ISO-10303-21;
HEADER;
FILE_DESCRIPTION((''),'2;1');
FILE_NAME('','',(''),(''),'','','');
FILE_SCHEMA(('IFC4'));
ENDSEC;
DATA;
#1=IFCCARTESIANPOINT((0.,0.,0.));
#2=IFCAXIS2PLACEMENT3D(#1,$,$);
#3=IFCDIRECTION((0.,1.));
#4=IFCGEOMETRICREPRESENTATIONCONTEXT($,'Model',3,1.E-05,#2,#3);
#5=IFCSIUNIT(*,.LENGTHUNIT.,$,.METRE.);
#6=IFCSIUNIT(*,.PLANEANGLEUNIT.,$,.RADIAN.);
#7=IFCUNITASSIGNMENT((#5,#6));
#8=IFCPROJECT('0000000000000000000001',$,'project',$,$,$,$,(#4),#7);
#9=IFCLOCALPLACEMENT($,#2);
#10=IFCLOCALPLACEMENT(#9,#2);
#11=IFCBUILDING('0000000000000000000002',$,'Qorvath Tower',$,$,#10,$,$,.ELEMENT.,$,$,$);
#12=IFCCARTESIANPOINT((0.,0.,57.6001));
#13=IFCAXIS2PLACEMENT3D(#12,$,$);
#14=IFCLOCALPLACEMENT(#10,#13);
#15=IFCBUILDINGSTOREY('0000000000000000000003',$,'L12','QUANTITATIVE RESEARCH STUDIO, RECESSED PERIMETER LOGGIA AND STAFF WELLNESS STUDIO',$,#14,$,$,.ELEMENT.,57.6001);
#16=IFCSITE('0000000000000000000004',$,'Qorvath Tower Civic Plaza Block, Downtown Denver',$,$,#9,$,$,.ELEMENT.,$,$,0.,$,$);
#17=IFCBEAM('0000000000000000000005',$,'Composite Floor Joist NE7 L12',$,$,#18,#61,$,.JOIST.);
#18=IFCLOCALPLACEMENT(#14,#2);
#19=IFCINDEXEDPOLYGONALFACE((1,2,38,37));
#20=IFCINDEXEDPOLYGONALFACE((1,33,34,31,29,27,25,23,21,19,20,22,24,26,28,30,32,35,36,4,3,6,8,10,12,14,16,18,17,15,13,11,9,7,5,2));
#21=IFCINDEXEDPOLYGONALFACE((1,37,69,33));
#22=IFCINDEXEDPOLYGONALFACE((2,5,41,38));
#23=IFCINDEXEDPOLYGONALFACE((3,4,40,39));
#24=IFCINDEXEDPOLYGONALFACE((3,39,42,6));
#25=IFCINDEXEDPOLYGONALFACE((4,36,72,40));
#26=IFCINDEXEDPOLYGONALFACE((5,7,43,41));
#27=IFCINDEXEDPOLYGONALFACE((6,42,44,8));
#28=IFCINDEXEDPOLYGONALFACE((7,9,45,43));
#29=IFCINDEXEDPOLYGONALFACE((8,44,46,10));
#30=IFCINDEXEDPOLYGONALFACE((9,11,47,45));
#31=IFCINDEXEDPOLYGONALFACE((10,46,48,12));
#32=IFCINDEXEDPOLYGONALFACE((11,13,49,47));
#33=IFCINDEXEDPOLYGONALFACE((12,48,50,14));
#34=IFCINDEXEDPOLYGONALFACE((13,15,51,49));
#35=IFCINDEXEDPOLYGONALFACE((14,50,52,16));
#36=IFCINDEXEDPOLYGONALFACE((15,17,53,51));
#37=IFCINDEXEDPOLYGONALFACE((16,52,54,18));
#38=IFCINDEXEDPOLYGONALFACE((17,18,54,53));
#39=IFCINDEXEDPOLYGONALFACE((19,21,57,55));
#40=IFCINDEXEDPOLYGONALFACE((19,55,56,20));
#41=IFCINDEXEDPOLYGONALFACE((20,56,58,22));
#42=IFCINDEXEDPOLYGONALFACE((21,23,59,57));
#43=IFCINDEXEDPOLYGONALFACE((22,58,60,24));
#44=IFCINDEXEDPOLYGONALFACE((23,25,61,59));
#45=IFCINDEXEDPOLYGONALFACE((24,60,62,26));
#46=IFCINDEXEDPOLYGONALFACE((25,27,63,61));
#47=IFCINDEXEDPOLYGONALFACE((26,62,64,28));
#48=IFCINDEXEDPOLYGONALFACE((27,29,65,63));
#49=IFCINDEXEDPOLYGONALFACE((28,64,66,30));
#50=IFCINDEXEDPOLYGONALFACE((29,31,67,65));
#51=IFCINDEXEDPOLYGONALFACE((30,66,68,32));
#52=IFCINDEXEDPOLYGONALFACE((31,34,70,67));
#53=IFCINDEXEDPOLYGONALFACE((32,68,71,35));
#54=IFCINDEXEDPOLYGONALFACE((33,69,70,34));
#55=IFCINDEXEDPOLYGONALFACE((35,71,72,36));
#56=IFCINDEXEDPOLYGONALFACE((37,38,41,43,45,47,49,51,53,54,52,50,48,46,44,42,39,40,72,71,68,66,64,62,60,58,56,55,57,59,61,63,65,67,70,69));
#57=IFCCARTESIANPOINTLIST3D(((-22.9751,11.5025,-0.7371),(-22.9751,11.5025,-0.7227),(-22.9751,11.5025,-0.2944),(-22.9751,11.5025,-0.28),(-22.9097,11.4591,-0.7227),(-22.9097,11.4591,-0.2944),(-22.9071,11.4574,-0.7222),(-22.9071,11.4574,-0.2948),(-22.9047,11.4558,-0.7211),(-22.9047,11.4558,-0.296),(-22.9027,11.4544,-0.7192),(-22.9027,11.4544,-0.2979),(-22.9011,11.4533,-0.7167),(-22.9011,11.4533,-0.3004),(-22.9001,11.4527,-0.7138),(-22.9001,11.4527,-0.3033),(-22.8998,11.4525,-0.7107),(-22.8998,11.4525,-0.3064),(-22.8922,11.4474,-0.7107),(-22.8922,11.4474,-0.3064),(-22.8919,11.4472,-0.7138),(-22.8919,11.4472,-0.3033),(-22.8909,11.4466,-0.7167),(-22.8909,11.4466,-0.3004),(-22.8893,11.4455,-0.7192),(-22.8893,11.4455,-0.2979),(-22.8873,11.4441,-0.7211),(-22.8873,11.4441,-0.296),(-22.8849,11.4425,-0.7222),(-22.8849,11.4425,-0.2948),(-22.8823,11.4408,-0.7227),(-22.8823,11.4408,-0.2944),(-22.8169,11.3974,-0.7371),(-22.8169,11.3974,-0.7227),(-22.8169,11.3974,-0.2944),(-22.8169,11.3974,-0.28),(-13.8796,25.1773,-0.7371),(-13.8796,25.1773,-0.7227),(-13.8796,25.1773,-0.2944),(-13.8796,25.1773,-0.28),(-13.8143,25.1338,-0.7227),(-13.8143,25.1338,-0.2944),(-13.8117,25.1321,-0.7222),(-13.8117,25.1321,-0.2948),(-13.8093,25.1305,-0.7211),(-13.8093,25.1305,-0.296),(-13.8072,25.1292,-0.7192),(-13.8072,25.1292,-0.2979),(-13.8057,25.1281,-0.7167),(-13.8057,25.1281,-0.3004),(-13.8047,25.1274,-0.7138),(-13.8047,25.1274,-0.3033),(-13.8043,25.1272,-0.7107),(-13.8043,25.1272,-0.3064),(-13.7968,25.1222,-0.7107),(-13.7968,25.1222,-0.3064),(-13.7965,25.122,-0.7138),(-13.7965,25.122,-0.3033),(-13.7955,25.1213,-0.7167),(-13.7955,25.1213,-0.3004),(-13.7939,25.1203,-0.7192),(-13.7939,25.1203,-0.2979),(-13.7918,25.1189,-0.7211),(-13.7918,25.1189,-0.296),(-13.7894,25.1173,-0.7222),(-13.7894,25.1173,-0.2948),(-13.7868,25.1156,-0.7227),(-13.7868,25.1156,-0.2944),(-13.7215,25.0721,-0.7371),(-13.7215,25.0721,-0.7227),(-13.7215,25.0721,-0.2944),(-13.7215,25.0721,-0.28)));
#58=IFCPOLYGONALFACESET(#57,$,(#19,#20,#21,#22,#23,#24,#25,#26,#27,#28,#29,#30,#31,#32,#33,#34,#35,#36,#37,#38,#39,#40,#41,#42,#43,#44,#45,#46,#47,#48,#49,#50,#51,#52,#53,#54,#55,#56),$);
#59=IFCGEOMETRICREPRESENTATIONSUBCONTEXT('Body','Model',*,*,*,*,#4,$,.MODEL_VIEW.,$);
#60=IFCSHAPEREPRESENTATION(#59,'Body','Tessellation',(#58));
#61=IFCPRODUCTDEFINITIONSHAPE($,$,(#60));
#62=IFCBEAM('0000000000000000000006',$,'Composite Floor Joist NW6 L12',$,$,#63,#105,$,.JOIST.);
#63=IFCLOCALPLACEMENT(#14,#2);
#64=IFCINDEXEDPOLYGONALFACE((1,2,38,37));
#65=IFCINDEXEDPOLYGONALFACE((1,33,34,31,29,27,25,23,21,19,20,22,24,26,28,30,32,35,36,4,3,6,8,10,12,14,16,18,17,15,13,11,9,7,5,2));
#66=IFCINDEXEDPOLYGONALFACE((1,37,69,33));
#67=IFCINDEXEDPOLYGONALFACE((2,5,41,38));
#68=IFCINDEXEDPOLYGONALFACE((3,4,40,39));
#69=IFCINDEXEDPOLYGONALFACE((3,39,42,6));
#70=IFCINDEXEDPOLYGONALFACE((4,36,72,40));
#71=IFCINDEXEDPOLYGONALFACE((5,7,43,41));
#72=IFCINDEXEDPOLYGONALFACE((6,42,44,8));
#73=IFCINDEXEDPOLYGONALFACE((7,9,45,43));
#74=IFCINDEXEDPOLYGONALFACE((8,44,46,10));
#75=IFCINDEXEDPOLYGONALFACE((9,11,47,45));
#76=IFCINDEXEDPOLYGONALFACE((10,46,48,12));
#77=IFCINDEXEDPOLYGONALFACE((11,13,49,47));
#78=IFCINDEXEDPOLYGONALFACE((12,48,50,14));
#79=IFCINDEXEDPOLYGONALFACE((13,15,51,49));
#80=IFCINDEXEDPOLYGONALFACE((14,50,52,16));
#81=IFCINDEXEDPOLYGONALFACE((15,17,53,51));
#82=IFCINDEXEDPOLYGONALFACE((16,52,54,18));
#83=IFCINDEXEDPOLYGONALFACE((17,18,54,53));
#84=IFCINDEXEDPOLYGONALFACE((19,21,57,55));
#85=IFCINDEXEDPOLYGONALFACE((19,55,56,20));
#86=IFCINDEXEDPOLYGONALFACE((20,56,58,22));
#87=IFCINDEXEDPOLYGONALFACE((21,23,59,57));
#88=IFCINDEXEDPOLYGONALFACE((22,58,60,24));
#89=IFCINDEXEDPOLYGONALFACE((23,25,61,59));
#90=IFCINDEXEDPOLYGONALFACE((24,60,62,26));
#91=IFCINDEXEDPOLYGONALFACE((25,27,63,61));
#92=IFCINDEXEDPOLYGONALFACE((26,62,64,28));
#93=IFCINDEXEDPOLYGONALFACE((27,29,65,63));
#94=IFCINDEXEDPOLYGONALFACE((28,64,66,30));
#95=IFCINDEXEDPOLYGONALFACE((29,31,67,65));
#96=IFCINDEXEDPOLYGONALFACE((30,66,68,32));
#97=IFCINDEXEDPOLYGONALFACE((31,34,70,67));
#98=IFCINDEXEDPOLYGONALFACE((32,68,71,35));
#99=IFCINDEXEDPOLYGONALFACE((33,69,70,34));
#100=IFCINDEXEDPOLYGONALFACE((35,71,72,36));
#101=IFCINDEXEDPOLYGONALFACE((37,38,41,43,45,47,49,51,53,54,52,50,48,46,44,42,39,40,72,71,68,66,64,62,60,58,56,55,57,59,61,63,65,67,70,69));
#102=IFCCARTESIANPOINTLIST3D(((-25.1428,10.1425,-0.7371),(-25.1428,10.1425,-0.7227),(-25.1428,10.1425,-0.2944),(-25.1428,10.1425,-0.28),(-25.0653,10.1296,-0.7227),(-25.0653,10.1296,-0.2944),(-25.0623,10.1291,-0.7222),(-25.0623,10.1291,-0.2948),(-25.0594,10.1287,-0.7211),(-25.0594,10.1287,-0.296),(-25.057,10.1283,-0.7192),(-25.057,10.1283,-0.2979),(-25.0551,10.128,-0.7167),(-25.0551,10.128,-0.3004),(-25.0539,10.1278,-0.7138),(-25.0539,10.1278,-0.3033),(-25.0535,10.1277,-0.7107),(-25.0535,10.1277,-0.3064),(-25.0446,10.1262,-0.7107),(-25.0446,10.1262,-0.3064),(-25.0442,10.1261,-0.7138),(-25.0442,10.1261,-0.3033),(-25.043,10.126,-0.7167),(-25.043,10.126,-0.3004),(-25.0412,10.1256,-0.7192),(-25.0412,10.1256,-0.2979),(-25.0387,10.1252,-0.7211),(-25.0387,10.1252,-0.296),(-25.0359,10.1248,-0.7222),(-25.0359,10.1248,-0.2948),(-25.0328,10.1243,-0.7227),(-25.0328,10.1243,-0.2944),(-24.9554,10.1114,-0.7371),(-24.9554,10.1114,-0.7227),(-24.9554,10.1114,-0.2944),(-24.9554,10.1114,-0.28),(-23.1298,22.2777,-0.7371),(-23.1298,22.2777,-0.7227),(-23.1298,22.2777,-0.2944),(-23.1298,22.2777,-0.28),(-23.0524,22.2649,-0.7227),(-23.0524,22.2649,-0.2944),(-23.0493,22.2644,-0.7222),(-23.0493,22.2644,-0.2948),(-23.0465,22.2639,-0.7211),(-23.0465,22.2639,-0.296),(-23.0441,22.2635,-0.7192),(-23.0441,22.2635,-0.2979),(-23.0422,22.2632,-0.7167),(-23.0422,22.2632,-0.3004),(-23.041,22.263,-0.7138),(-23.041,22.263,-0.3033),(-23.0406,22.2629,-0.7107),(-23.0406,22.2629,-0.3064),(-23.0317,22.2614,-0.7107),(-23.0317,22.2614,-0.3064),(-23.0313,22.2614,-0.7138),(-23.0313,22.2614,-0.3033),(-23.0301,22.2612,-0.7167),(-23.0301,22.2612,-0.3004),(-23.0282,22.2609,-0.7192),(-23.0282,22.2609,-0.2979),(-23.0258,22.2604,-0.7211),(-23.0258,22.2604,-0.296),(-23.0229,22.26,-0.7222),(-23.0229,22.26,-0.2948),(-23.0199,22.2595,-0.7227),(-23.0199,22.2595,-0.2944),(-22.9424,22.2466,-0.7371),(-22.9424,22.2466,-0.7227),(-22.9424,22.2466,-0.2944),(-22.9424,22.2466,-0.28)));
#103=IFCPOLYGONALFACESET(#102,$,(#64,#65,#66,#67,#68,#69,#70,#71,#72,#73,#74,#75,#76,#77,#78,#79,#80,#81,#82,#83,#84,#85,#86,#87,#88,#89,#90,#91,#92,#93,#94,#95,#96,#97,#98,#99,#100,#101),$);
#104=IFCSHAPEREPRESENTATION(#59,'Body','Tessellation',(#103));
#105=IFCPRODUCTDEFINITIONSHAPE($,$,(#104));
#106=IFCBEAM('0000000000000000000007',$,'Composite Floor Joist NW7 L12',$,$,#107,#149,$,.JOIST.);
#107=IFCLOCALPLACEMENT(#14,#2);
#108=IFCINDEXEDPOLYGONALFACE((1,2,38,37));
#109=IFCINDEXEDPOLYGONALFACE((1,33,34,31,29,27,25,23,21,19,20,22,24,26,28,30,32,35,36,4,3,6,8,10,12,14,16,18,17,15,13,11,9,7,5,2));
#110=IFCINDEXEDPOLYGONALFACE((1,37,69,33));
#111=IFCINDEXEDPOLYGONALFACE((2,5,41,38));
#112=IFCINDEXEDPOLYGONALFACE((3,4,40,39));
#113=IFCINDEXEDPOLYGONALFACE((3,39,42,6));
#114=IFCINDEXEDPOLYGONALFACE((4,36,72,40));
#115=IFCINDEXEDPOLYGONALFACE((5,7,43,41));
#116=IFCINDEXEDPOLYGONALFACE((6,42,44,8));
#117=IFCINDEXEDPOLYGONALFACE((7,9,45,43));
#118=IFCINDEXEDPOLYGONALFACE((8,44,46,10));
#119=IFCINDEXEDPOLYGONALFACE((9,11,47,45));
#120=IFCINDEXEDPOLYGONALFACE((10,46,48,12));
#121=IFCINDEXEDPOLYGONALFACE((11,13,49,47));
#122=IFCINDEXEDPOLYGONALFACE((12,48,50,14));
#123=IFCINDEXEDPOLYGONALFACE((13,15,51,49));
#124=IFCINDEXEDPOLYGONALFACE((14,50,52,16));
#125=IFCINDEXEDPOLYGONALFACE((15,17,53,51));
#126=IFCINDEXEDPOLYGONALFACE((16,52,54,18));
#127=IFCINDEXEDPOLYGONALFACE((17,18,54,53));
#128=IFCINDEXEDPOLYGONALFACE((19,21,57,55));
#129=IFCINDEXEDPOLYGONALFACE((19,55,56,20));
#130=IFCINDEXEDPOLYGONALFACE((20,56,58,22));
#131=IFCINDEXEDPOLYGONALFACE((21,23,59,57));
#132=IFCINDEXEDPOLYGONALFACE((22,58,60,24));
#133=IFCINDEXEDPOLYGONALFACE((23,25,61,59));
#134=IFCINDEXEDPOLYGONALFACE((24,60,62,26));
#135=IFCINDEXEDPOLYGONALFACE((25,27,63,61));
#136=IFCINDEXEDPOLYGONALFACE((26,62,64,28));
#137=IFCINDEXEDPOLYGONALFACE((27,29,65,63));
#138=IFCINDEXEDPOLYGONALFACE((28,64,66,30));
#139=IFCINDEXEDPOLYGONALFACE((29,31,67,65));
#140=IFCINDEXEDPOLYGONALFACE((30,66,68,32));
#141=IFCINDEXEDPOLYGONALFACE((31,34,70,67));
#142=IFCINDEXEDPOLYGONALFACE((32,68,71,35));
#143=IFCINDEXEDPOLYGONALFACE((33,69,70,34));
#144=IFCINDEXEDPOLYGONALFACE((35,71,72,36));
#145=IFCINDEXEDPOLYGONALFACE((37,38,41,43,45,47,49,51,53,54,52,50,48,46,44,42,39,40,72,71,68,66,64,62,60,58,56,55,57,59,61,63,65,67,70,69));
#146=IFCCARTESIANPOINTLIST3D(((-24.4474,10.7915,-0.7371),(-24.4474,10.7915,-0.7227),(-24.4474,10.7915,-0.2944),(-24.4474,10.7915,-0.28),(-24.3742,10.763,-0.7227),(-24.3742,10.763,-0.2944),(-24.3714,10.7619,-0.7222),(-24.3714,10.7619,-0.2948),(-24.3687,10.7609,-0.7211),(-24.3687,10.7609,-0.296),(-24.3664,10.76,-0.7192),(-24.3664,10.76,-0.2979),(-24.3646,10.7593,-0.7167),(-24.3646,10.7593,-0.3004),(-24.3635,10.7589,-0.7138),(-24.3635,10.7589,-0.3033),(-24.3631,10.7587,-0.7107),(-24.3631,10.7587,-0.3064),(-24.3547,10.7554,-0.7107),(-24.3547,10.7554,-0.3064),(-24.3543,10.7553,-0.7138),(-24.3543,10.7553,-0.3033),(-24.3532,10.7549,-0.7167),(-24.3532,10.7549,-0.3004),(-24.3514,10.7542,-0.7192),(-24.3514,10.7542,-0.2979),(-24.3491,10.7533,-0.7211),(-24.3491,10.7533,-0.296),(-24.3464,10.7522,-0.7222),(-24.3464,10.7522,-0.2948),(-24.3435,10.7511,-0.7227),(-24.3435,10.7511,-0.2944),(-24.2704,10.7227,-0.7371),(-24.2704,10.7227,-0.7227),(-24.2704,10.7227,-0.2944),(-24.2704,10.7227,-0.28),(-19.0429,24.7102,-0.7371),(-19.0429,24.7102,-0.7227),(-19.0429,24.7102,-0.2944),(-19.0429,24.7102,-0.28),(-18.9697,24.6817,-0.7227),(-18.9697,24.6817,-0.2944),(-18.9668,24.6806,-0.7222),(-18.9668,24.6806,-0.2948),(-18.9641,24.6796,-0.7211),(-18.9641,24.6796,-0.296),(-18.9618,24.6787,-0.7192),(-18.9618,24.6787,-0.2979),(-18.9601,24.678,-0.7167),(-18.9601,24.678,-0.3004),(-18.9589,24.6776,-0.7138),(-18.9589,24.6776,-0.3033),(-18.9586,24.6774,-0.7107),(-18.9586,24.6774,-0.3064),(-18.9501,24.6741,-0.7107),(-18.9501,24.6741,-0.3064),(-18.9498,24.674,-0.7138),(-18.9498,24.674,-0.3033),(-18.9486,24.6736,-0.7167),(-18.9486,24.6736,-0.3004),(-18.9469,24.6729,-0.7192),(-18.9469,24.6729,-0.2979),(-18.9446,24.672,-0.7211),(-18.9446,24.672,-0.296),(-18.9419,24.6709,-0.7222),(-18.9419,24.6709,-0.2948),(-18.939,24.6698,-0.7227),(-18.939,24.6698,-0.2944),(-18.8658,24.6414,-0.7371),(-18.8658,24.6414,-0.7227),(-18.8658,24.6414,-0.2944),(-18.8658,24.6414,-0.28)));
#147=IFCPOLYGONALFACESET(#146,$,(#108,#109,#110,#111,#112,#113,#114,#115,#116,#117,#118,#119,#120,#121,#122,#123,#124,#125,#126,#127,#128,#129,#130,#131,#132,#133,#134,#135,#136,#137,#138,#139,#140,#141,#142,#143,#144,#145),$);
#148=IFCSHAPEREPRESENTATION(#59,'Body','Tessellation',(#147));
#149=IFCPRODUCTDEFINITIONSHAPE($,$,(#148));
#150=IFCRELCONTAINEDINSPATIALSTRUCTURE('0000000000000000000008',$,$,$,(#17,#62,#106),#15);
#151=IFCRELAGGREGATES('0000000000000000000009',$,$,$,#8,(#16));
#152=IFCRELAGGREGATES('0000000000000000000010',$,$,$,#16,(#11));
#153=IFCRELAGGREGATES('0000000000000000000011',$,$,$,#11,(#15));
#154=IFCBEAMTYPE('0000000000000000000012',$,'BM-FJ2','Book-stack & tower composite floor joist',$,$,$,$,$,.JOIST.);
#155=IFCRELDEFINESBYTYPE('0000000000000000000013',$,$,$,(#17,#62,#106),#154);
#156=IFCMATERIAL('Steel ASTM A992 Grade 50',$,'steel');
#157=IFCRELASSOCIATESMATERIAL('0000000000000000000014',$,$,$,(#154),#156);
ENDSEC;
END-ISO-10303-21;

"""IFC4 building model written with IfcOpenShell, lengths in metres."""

from ifc_helpers import new_model, si_unit, direction, frame, origin, origin_2d, place, context, subcontext, project, spatial, i_section, extrude, material, material_profile, profile_set, type_object, element, save


model = new_model("IFC4")

# Units and contexts
model_context = context("Model", 3, precision=1e-05, world=origin(), true_north=direction((0.0, 1.0)))
body_context = subcontext(model_context, "Body", "Model", "MODEL_VIEW")
ifc_project = project(units=[si_unit("LENGTHUNIT", "METRE"), si_unit("PLANEANGLEUNIT", "RADIAN")], contexts=[model_context])

# Site, building, storey
site_placement = place(None, origin())
site = spatial("IfcSite", under=ifc_project, at=site_placement, Name="Qorvath Tower Civic Plaza Block, Downtown Denver", CompositionType="ELEMENT", RefElevation=0.0)
building_placement = place(site_placement, origin())
building = spatial("IfcBuilding", under=site, at=building_placement, Name="Qorvath Tower", CompositionType="ELEMENT")
storey_placement = place(building_placement, frame((0.0, 0.0, 57.6001)))
storey = spatial("IfcBuildingStorey", under=building, at=storey_placement, Name="L12", Description="QUANTITATIVE RESEARCH STUDIO, RECESSED PERIMETER LOGGIA AND STAFF WELLNESS STUDIO", CompositionType="ELEMENT", Elevation=57.6001)

# Beams
ifc_material_1 = material(Name="Steel ASTM A992 Grade 50", Category="steel")
ifc_material_profile_1 = material_profile(ifc_material_1, i_section(OverallWidth=0.1899, OverallDepth=0.457, WebThickness=0.009, FlangeThickness=0.0144, FilletRadius=0.012, at=origin_2d()), Name="W18x50")
ifc_profile_set_1 = profile_set([ifc_material_profile_1], Name="Steel ASTM A992 Grade 50")
beam_type_1 = type_object("IfcBeamType", Name="BM-FJ2", Description="Book-stack & tower composite floor joist", PredefinedType="JOIST", material=ifc_profile_set_1)
beam_1_placement = place(storey_placement, frame((-22.896, 11.45, -0.5085), z_axis=(0.553811, 0.832642, 0.0), x_axis=(-0.832642, 0.553811, 0.0)))
element("IfcBeam", 1, at=beam_1_placement, inside=storey, type_object=beam_type_1, Name="Composite Floor Joist NE7 L12", PredefinedType="JOIST", context=body_context, shape_type="SweptSolid", body=[
    extrude(i_section(OverallWidth=0.1899, OverallDepth=0.457, WebThickness=0.009, FlangeThickness=0.0144, FilletRadius=0.012, at=origin_2d()), origin(), (0.0, 0.0, 1.0), 16.4233),
])
beam_2_placement = place(storey_placement, frame((-25.0491, 10.127, -0.5085), z_axis=(0.163639, 0.98652, 0.0), x_axis=(-0.98652, 0.163639, 0.0)))
element("IfcBeam", 2, at=beam_2_placement, inside=storey, type_object=beam_type_1, Name="Composite Floor Joist NW6 L12", PredefinedType="JOIST", context=body_context, shape_type="SweptSolid", body=[
    extrude(i_section(OverallWidth=0.1899, OverallDepth=0.457, WebThickness=0.009, FlangeThickness=0.0144, FilletRadius=0.012, at=origin_2d()), origin(), (0.0, 0.0, 1.0), 12.301),
])
beam_3_placement = place(storey_placement, frame((-24.3589, 10.7571, -0.5085), z_axis=(0.361964, 0.932192, 0.0), x_axis=(-0.932192, 0.361964, 0.0)))
element("IfcBeam", 3, at=beam_3_placement, inside=storey, type_object=beam_type_1, Name="Composite Floor Joist NW7 L12", PredefinedType="JOIST", context=body_context, shape_type="SweptSolid", body=[
    extrude(i_section(OverallWidth=0.1899, OverallDepth=0.457, WebThickness=0.009, FlangeThickness=0.0144, FilletRadius=0.012, at=origin_2d()), origin(), (0.0, 0.0, 1.0), 14.9312),
])

save(model, "model.ifc")
